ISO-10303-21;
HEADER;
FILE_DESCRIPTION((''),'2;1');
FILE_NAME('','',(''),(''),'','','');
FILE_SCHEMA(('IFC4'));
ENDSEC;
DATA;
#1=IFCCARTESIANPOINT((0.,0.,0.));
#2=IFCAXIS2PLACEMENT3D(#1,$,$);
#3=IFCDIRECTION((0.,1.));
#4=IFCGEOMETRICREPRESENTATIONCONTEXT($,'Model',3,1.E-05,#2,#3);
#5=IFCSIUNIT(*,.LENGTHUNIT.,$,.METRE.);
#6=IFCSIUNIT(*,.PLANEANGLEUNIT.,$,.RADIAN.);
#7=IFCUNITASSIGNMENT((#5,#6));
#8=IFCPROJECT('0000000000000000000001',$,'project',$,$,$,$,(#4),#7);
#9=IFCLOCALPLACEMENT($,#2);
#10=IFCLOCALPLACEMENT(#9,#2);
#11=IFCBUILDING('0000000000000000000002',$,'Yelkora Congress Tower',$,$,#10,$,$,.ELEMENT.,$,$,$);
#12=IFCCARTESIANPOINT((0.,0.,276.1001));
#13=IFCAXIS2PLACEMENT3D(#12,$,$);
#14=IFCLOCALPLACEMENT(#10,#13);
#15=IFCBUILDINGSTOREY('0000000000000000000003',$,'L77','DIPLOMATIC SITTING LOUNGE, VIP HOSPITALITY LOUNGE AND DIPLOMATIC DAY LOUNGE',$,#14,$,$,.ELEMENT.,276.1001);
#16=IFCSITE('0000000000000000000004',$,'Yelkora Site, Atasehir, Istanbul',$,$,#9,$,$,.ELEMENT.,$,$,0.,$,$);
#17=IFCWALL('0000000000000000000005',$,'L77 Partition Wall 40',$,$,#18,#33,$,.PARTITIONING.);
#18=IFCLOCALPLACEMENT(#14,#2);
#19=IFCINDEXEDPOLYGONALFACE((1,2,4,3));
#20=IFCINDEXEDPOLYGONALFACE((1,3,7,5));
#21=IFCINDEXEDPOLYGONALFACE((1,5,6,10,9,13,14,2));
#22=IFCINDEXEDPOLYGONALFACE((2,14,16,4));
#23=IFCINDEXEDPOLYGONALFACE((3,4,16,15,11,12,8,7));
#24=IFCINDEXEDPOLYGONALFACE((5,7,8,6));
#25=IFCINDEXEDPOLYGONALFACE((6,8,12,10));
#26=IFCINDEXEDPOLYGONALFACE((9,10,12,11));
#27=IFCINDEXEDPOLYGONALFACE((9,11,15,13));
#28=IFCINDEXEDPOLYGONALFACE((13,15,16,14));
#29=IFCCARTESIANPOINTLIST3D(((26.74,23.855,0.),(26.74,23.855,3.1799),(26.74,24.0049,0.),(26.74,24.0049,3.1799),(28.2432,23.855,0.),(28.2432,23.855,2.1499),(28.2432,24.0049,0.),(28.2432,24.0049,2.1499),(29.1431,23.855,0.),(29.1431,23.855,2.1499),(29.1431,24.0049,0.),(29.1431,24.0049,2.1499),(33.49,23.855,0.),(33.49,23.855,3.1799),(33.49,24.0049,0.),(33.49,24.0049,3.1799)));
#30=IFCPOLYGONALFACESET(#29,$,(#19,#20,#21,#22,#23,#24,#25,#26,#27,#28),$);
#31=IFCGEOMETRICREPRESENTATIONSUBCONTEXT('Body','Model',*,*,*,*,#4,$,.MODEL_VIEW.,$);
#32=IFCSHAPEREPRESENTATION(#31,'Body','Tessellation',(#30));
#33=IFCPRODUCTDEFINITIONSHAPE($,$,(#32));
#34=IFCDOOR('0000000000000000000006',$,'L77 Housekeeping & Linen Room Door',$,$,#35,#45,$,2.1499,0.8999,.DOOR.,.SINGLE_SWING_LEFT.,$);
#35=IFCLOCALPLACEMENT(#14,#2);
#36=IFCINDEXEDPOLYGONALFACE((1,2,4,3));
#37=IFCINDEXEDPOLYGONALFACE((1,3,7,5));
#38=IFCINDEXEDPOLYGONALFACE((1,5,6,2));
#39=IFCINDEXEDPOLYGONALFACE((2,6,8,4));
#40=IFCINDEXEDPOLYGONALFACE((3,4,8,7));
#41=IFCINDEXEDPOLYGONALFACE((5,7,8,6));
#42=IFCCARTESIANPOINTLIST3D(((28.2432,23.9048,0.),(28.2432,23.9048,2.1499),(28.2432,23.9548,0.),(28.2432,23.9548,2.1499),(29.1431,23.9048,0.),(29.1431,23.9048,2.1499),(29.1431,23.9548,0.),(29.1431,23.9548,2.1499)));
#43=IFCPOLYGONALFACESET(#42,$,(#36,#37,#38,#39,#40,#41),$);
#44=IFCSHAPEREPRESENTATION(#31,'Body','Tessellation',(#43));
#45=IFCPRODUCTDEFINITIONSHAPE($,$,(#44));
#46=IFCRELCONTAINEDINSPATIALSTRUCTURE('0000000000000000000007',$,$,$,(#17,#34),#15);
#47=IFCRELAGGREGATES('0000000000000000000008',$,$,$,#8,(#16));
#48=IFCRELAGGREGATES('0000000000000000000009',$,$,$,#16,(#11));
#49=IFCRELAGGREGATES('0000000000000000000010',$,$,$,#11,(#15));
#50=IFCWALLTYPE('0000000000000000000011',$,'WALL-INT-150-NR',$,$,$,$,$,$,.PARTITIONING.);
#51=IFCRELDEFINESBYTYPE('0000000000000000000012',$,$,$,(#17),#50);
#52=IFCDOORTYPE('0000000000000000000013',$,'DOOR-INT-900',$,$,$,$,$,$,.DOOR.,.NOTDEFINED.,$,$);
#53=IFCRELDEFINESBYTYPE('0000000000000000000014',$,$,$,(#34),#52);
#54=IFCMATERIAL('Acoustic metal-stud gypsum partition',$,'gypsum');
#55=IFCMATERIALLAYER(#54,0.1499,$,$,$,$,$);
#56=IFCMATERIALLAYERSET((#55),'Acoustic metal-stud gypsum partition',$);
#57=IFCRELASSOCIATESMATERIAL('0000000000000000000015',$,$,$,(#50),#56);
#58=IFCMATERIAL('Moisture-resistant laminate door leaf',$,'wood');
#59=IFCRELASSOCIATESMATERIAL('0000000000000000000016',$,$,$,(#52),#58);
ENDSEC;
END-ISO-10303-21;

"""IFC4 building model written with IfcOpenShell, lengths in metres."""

from ifc_helpers import new_model, si_unit, direction, frame, frame_2d, origin, place, context, subcontext, project, spatial, rectangle, extrude, material, layer, layer_set, type_object, element, fill, save


model = new_model("IFC4")

# Units and contexts
model_context = context("Model", 3, precision=1e-05, world=origin(), true_north=direction((0.0, 1.0)))
body_context = subcontext(model_context, "Body", "Model", "MODEL_VIEW")
ifc_project = project(units=[si_unit("LENGTHUNIT", "METRE"), si_unit("PLANEANGLEUNIT", "RADIAN")], contexts=[model_context])

# Site, building, storey
site_placement = place(None, origin())
site = spatial("IfcSite", under=ifc_project, at=site_placement, Name="Yelkora Site, Atasehir, Istanbul", CompositionType="ELEMENT", RefElevation=0.0)
building_placement = place(site_placement, origin())
building = spatial("IfcBuilding", under=site, at=building_placement, Name="Yelkora Congress Tower", CompositionType="ELEMENT")
storey_placement = place(building_placement, frame((0.0, 0.0, 276.1001)))
storey = spatial("IfcBuildingStorey", under=building, at=storey_placement, Name="L77", Description="DIPLOMATIC SITTING LOUNGE, VIP HOSPITALITY LOUNGE AND DIPLOMATIC DAY LOUNGE", CompositionType="ELEMENT", Elevation=276.1001)

# Shared definitions
ifc_material_1 = material(Name="Acoustic metal-stud gypsum partition", Category="gypsum")
ifc_layer_1 = layer(ifc_material_1, 0.1499)
ifc_layer_set_1 = layer_set([ifc_layer_1], Name="Acoustic metal-stud gypsum partition")
wall_type_1 = type_object("IfcWallType", Name="WALL-INT-150-NR", PredefinedType="PARTITIONING", material=ifc_layer_set_1)
ifc_material_2 = material(Name="Moisture-resistant laminate door leaf", Category="wood")
door_type_1 = type_object("IfcDoorType", Name="DOOR-INT-900", OperationType="NOTDEFINED", PredefinedType="DOOR", material=ifc_material_2)

# Wall, opening, door
wall_1_placement = place(storey_placement, frame((26.74, 23.9299, 0.0), z_axis=(0.0, 0.0, 1.0), x_axis=(1.0, 0.0, 0.0)))
wall_1 = element("IfcWall", 1, at=wall_1_placement, inside=storey, type_object=wall_type_1, Name="L77 Partition Wall 40", PredefinedType="PARTITIONING", context=body_context, shape_type="SweptSolid", body=[
    extrude(rectangle(XDim=6.75, YDim=0.1499, at=frame_2d((3.375, 0.0))), origin(), (0.0, 0.0, 1.0), 3.1799),
])
opening_1_placement = place(wall_1_placement, frame((1.5032, 0.0, 0.0)))
opening_1 = element("IfcOpeningElement", 2, at=opening_1_placement, cuts=wall_1, PredefinedType="OPENING", context=body_context, shape_type="SweptSolid", body=[
    extrude(rectangle(XDim=0.8999, YDim=2.1499, at=frame_2d((0.45, 1.075))), frame((0.0, 0.085, 0.0), z_axis=(0.0, -1.0, 0.0), x_axis=(1.0, 0.0, 0.0)), (0.0, 0.0, 1.0), 0.1699),
])
door_1_placement = place(opening_1_placement, origin())
door_1 = element("IfcDoor", 3, at=door_1_placement, inside=storey, type_object=door_type_1, Name="L77 Housekeeping & Linen Room Door", OperationType="SINGLE_SWING_LEFT", OverallHeight=2.1499, OverallWidth=0.8999, PredefinedType="DOOR", context=body_context, shape_type="SweptSolid", body=[
    extrude(rectangle(XDim=0.8999, YDim=2.1499, at=frame_2d((0.45, 1.075))), frame((0.0, 0.0249, 0.0), z_axis=(0.0, -1.0, 0.0), x_axis=(1.0, 0.0, 0.0)), (0.0, 0.0, 1.0), 0.05),
])
fill(opening_1, door_1)

save(model, "model.ifc")
